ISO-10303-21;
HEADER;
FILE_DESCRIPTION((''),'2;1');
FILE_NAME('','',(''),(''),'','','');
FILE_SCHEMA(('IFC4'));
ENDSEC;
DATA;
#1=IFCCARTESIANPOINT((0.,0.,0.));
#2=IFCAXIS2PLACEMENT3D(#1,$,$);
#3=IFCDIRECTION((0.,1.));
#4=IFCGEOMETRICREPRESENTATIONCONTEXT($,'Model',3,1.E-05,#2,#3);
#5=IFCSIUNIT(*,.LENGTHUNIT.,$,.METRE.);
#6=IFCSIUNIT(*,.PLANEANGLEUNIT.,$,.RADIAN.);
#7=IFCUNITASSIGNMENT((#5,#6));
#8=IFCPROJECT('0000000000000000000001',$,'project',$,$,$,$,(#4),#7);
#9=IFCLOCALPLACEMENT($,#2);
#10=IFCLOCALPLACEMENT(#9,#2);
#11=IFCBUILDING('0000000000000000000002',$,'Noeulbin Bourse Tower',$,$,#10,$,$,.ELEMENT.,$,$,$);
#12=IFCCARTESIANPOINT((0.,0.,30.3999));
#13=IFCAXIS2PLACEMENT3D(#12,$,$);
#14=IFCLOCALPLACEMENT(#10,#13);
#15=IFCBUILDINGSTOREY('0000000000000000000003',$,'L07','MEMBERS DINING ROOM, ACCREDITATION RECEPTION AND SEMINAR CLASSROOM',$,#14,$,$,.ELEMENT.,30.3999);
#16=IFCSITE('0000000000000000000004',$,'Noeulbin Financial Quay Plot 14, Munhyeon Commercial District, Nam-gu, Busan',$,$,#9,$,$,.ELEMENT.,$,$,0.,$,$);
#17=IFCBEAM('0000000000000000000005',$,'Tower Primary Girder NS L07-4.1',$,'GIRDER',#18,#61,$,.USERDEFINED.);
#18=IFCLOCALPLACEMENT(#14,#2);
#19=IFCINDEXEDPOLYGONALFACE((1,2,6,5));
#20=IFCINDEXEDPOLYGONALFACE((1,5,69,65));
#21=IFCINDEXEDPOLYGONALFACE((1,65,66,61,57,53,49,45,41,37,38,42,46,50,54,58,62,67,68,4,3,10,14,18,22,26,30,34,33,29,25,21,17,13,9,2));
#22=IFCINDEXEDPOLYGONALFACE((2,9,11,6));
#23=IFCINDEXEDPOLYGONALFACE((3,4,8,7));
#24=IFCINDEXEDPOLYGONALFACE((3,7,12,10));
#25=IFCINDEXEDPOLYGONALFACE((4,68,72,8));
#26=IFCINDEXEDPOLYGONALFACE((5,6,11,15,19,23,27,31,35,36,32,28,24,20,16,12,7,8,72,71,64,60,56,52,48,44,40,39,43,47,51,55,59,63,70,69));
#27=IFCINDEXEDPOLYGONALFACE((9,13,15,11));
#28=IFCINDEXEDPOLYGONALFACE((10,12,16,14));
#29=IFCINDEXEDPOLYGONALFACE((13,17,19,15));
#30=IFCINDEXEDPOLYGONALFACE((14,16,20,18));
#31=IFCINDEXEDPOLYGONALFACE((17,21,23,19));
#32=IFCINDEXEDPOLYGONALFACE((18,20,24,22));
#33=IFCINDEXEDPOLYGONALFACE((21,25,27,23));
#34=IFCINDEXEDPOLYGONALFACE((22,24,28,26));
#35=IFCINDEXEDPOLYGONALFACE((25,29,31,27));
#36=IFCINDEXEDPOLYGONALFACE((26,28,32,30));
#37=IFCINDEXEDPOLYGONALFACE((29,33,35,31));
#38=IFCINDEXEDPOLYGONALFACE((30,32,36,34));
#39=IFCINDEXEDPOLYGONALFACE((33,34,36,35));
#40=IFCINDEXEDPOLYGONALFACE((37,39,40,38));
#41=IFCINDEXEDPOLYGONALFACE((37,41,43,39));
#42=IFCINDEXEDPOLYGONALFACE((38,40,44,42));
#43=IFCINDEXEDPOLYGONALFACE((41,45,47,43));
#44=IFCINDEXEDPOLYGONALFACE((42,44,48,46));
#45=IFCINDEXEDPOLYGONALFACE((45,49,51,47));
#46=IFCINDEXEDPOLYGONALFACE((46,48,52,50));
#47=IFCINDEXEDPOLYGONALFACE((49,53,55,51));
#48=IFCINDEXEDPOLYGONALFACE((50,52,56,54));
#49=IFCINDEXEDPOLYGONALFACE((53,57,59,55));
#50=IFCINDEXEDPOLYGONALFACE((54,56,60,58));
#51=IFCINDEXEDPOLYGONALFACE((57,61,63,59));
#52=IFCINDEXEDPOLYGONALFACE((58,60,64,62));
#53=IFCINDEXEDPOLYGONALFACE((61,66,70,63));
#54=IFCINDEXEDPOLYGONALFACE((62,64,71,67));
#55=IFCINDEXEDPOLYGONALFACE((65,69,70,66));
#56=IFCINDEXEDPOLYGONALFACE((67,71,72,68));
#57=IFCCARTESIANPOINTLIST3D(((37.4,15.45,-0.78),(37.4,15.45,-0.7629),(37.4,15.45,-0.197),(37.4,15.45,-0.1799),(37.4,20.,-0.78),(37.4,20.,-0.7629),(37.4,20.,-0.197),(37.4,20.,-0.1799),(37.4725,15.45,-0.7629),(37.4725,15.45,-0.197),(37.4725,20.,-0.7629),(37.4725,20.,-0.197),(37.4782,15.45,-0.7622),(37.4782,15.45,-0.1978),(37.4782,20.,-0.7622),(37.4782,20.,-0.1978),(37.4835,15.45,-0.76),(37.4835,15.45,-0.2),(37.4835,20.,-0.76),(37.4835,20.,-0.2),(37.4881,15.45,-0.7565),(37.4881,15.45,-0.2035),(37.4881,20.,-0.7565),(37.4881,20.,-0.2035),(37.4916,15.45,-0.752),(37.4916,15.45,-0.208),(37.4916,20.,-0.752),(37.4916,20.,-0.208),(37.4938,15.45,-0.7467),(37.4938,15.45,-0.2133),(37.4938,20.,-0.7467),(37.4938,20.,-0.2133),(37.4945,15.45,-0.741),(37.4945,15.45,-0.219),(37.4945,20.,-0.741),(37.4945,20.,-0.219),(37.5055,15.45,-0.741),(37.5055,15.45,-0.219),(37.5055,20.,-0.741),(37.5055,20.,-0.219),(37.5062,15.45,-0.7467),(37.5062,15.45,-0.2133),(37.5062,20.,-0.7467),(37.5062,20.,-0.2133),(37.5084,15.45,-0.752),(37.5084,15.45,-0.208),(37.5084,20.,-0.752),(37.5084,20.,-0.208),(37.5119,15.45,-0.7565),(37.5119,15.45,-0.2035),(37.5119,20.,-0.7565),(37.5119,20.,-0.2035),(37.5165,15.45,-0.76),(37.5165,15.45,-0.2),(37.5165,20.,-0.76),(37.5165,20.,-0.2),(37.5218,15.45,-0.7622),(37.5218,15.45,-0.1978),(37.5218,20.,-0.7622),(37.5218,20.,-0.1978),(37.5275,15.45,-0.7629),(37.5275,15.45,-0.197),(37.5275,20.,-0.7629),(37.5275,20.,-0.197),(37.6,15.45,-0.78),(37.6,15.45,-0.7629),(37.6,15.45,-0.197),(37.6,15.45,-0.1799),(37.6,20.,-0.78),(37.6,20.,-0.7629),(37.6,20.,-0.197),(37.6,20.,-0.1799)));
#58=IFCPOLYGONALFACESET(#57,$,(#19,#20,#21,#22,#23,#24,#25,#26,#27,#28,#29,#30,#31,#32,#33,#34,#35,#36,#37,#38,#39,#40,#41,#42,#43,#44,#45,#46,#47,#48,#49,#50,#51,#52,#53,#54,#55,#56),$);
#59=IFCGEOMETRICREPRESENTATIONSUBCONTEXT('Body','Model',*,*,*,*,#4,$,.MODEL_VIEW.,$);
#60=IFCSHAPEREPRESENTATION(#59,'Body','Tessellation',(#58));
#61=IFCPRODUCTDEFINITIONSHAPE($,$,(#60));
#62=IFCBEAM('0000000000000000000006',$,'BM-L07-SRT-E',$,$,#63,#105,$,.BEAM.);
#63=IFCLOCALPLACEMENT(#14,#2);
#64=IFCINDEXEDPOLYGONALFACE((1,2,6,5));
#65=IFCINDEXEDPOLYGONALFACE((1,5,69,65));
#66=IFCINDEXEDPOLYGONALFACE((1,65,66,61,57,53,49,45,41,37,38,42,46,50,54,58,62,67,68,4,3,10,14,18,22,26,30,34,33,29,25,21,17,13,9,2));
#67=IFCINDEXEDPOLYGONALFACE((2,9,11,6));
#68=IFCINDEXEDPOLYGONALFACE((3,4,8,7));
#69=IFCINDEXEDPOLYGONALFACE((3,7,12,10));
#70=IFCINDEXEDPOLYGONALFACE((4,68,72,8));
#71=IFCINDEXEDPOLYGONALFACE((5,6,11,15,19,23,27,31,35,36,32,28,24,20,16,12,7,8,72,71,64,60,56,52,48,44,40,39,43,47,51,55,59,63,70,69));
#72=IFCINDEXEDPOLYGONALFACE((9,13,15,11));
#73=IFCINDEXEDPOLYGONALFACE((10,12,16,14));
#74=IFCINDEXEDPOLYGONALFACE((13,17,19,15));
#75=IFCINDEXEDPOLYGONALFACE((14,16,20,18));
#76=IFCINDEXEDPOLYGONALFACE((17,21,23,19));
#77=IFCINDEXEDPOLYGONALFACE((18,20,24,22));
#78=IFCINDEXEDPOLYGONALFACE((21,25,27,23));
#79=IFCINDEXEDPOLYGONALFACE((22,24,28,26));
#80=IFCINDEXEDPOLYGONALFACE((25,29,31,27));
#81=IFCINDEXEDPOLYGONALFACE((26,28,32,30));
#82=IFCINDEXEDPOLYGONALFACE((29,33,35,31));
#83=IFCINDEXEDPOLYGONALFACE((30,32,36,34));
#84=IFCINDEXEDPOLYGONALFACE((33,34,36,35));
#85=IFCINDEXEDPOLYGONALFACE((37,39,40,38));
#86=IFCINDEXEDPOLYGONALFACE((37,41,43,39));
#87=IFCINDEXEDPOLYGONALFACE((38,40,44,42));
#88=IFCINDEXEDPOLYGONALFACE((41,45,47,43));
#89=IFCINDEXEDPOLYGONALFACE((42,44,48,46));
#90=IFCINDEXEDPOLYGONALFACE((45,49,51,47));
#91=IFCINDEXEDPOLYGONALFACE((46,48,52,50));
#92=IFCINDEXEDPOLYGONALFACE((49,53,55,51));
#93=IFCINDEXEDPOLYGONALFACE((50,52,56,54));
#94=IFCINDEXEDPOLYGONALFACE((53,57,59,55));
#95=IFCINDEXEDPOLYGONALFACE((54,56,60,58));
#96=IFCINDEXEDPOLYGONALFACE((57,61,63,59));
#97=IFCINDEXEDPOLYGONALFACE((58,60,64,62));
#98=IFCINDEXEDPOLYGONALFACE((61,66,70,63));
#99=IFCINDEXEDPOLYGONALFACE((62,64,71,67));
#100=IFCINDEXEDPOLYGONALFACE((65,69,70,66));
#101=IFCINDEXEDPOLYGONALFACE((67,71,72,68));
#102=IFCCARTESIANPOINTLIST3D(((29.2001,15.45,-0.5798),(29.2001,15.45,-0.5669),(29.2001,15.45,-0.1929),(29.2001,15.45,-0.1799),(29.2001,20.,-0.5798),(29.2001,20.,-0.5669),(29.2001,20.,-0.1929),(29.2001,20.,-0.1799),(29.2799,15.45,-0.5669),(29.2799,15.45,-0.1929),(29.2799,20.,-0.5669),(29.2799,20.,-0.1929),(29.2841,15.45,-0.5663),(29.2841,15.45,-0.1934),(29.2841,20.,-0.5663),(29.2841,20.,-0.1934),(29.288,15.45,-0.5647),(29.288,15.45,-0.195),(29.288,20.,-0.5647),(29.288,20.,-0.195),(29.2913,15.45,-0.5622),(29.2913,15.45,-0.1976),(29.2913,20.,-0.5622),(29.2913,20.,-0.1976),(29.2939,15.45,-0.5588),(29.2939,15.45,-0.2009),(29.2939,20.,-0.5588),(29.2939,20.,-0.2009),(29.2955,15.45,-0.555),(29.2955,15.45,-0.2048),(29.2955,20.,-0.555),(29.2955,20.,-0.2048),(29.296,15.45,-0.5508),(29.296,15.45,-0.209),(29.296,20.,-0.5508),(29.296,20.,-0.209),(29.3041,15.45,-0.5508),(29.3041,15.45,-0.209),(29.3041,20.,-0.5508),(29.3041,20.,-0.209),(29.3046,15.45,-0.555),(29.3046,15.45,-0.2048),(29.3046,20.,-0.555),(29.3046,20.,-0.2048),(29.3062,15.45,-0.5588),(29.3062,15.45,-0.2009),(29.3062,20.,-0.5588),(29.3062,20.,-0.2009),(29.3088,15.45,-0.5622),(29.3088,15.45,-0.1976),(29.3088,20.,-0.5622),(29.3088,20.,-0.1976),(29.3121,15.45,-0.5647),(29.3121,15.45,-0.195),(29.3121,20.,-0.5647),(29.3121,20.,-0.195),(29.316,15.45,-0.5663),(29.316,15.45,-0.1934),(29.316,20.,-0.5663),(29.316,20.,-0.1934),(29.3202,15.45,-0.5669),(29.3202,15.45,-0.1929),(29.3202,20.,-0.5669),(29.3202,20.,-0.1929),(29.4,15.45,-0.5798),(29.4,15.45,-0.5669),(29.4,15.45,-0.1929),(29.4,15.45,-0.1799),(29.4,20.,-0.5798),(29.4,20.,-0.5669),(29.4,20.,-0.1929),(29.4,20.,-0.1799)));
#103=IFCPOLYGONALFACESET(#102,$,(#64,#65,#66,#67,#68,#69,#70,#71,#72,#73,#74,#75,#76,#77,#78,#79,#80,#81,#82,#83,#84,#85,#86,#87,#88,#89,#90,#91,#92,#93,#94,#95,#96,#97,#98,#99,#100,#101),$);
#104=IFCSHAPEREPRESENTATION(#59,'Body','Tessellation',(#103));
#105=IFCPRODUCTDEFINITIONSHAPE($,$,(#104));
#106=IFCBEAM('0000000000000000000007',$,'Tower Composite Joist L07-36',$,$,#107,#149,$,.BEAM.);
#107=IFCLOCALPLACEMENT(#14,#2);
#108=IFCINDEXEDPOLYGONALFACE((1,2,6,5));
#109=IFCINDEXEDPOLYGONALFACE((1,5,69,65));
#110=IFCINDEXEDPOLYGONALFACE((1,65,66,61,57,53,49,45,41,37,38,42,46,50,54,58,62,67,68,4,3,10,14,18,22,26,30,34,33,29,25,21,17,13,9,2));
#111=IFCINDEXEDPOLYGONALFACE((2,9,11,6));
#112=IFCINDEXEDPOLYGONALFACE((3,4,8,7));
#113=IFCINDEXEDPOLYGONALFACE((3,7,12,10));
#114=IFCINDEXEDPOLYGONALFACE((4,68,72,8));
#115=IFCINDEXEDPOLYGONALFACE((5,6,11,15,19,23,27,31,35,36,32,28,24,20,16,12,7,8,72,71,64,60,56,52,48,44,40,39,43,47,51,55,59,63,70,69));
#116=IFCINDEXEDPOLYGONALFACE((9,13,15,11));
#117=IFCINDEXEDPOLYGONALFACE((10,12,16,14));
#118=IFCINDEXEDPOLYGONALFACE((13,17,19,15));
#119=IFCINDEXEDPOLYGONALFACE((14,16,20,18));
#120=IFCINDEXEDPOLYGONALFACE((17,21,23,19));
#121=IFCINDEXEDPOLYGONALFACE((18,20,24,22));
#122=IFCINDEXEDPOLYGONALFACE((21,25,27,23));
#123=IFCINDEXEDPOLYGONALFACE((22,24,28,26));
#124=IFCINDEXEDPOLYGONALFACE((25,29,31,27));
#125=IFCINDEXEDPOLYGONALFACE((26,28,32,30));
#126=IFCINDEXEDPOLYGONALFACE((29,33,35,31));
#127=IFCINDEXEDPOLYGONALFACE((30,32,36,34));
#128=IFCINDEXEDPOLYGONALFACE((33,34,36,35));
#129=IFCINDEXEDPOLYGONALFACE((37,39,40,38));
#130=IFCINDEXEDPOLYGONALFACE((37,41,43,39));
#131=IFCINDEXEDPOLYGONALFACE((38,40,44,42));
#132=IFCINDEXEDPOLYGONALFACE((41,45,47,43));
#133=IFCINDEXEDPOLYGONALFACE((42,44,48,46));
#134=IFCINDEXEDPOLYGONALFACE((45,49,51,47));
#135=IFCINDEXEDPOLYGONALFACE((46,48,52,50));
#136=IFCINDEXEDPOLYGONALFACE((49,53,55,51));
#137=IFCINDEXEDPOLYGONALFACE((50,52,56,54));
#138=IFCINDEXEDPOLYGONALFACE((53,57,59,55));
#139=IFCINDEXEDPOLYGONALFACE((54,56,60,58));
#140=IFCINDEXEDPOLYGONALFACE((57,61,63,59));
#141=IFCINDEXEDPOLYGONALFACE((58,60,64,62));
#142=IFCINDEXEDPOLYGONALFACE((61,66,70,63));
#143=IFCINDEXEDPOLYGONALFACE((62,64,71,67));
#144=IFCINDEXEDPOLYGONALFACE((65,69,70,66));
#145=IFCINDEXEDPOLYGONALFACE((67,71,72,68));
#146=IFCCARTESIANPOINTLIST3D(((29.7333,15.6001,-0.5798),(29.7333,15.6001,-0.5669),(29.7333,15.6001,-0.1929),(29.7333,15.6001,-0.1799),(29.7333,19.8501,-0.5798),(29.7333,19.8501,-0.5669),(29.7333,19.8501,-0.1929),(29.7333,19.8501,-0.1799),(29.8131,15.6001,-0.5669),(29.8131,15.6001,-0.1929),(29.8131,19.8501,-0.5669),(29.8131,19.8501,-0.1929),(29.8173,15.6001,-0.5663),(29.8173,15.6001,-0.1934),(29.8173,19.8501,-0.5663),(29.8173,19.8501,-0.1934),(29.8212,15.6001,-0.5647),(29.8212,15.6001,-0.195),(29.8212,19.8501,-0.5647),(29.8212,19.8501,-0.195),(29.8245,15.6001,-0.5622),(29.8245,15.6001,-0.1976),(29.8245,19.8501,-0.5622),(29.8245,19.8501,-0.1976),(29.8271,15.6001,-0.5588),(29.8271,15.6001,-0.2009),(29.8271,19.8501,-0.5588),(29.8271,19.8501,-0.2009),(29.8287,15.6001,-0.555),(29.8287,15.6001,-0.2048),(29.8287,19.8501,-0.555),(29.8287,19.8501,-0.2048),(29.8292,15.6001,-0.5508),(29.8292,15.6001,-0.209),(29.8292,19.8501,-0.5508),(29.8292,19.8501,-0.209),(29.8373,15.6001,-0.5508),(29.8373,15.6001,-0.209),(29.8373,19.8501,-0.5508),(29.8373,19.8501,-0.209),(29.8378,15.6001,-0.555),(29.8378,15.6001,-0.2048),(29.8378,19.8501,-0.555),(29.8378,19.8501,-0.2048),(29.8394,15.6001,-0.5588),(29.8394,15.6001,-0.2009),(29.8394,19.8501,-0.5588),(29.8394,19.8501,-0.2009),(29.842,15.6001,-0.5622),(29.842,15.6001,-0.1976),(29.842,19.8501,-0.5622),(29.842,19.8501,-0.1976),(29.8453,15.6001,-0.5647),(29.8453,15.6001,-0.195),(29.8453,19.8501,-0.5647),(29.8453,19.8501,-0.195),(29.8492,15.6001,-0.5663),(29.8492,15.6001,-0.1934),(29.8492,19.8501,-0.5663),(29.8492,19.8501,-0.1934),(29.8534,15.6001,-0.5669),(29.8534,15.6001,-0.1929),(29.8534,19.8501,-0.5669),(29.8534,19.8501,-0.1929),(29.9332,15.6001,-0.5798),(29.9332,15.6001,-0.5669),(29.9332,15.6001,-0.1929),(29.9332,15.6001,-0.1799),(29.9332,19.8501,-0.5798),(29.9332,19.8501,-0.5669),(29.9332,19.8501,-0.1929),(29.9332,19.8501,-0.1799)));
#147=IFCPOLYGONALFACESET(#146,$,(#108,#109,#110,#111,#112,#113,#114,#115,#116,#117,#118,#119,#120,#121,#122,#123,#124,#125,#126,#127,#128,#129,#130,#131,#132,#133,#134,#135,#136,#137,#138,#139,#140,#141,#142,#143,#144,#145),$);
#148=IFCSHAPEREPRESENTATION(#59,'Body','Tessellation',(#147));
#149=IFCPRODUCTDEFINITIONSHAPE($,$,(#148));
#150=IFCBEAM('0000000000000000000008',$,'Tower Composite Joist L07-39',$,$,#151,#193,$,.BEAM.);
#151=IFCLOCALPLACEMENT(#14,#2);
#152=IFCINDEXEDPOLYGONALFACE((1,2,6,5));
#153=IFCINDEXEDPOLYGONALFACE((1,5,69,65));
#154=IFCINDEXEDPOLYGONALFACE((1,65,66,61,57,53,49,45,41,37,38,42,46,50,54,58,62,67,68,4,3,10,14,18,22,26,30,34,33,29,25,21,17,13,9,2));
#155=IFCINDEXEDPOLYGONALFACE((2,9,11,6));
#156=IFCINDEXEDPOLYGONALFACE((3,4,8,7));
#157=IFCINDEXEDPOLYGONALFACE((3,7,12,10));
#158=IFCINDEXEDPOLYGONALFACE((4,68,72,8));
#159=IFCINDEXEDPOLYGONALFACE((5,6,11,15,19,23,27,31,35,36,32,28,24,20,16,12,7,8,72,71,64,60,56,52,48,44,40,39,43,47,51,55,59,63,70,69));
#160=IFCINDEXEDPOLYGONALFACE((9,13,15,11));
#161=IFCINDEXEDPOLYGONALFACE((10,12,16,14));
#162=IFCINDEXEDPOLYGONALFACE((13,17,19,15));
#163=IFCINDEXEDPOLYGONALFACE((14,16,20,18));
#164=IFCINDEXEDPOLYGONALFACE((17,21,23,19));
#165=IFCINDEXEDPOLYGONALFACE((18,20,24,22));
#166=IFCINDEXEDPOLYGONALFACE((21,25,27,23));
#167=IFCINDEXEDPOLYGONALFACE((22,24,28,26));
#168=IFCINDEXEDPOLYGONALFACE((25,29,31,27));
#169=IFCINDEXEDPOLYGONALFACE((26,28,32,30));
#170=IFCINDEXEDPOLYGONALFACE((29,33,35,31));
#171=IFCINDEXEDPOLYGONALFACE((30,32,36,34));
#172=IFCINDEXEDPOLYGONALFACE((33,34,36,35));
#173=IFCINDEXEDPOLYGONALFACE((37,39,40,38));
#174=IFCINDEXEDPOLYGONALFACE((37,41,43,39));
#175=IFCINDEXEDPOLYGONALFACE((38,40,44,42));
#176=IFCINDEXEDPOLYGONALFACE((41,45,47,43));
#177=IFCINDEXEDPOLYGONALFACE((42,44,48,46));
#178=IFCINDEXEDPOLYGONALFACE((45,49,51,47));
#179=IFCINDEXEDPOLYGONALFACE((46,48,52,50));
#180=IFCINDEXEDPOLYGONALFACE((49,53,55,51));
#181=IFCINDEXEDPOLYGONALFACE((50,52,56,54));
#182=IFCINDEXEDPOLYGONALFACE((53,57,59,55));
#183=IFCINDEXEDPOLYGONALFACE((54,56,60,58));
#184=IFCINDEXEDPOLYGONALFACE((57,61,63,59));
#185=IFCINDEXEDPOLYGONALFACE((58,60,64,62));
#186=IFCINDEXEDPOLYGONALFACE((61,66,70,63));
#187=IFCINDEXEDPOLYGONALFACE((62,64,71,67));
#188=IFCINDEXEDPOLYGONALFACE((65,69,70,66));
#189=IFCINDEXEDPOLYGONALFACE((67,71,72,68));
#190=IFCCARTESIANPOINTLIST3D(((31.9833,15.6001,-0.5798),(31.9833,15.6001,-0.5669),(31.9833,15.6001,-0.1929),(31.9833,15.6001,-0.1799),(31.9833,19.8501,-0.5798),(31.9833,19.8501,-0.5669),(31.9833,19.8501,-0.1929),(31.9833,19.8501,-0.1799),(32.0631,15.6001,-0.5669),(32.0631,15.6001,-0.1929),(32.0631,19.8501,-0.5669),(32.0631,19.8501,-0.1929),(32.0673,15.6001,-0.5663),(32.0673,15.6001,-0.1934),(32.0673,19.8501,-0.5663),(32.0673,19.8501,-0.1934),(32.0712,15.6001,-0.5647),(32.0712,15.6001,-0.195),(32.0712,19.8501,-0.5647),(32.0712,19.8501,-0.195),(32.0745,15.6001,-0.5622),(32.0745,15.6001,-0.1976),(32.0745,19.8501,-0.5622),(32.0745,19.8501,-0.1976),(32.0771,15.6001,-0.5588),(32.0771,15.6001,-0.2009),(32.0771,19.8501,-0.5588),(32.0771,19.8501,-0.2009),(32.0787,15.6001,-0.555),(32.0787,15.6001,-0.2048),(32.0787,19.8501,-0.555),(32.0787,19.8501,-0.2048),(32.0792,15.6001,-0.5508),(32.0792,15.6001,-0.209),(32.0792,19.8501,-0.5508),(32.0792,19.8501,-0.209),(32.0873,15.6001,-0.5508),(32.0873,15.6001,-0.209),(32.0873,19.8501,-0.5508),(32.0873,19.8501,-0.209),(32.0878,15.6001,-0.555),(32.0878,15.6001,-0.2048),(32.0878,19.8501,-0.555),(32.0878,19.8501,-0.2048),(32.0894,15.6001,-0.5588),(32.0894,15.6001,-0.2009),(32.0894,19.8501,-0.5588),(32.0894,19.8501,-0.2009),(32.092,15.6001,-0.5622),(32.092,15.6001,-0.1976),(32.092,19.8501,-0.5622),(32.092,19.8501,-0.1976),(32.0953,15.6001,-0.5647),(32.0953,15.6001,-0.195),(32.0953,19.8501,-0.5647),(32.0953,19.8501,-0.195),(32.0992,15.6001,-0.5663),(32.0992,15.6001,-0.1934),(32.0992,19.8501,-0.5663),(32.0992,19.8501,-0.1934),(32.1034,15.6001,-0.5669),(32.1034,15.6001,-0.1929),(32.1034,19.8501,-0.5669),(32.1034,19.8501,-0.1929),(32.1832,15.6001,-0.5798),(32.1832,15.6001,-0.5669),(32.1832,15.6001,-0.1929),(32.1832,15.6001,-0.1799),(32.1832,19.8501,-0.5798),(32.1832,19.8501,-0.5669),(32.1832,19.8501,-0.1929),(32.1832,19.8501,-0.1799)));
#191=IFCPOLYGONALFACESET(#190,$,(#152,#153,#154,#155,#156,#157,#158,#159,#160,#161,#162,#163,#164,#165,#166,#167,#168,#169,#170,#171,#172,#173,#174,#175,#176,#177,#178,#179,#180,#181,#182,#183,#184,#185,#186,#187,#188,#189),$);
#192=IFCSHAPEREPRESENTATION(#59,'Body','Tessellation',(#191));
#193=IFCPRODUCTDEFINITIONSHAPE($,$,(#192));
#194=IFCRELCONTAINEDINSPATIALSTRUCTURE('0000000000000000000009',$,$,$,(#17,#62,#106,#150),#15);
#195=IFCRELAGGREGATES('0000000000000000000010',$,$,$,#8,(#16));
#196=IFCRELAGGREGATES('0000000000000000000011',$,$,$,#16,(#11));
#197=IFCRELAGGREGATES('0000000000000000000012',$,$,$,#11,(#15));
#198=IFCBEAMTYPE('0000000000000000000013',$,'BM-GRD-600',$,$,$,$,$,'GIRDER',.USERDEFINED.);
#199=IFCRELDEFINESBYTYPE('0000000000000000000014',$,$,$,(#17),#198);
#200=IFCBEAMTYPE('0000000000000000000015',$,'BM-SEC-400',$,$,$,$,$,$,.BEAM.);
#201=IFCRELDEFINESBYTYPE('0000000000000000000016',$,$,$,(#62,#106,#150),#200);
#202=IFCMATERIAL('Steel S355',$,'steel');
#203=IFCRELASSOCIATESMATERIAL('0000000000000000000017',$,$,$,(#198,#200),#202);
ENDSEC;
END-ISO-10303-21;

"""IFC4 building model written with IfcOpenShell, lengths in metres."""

from ifc_helpers import new_model, si_unit, direction, frame, origin, origin_2d, place, context, subcontext, project, spatial, i_section, extrude, material, material_profile, profile_set, type_object, element, save


model = new_model("IFC4")

# Units and contexts
model_context = context("Model", 3, precision=1e-05, world=origin(), true_north=direction((0.0, 1.0)))
body_context = subcontext(model_context, "Body", "Model", "MODEL_VIEW")
ifc_project = project(units=[si_unit("LENGTHUNIT", "METRE"), si_unit("PLANEANGLEUNIT", "RADIAN")], contexts=[model_context])

# Site, building, storey
site_placement = place(None, origin())
site = spatial("IfcSite", under=ifc_project, at=site_placement, Name="Noeulbin Financial Quay Plot 14, Munhyeon Commercial District, Nam-gu, Busan", CompositionType="ELEMENT", RefElevation=0.0)
building_placement = place(site_placement, origin())
building = spatial("IfcBuilding", under=site, at=building_placement, Name="Noeulbin Bourse Tower", CompositionType="ELEMENT")
storey_placement = place(building_placement, frame((0.0, 0.0, 30.3999)))
storey = spatial("IfcBuildingStorey", under=building, at=storey_placement, Name="L07", Description="MEMBERS DINING ROOM, ACCREDITATION RECEPTION AND SEMINAR CLASSROOM", CompositionType="ELEMENT", Elevation=30.3999)

# Beams
ifc_material_1 = material(Name="Steel S355", Category="steel")
ifc_material_profile_1 = material_profile(ifc_material_1, i_section(OverallWidth=0.2, OverallDepth=0.6001, WebThickness=0.011, FlangeThickness=0.0171, FilletRadius=0.022, at=origin_2d()), Name="H-600x200x11x17", Category="LoadBearing")
ifc_profile_set_1 = profile_set([ifc_material_profile_1], Name="Steel S355")
beam_type_1 = type_object("IfcBeamType", Name="BM-GRD-600", ElementType="GIRDER", PredefinedType="USERDEFINED", material=ifc_profile_set_1)
for number, where, z_axis, x_axis, name in (
    (1, (37.5, 15.45, -0.48), (0.0, 1.0, 0.0), (-1.0, 0.0, 0.0), "Tower Primary Girder NS L07-4.1"),
):
    element("IfcBeam", number, at=place(storey_placement, frame(where, z_axis=z_axis, x_axis=x_axis)), inside=storey, type_object=beam_type_1, Name=name, ObjectType="GIRDER", PredefinedType="USERDEFINED", context=body_context, shape_type="SweptSolid", body=[
        extrude(i_section(OverallWidth=0.2, OverallDepth=0.6001, WebThickness=0.011, FlangeThickness=0.0171, FilletRadius=0.022, at=origin_2d()), origin(), (0.0, 0.0, 1.0), 4.55),
    ])
ifc_material_profile_2 = material_profile(ifc_material_1, i_section(OverallWidth=0.2, OverallDepth=0.3999, WebThickness=0.0081, FlangeThickness=0.0129, FilletRadius=0.0161, at=origin_2d()), Name="H-400x200x8x13", Category="LoadBearing")
ifc_profile_set_2 = profile_set([ifc_material_profile_2], Name="Steel S355")
beam_type_2 = type_object("IfcBeamType", Name="BM-SEC-400", PredefinedType="BEAM", material=ifc_profile_set_2)
beam_1_placement = place(storey_placement, frame((29.3, 15.45, -0.3799), z_axis=(0.0, 1.0, 0.0), x_axis=(-1.0, 0.0, 0.0)))
element("IfcBeam", 2, at=beam_1_placement, inside=storey, type_object=beam_type_2, Name="BM-L07-SRT-E", PredefinedType="BEAM", context=body_context, shape_type="SweptSolid", body=[
    extrude(i_section(OverallWidth=0.2, OverallDepth=0.3999, WebThickness=0.0081, FlangeThickness=0.0129, FilletRadius=0.0161, at=origin_2d()), origin(), (0.0, 0.0, 1.0), 4.55),
])
for number, where, z_axis, x_axis, name in (
    (3, (29.8333, 15.6001, -0.3799), (0.0, 1.0, 0.0), (-1.0, 0.0, 0.0), "Tower Composite Joist L07-36"),
    (4, (32.0833, 15.6001, -0.3799), (0.0, 1.0, 0.0), (-1.0, 0.0, 0.0), "Tower Composite Joist L07-39"),
):
    element("IfcBeam", number, at=place(storey_placement, frame(where, z_axis=z_axis, x_axis=x_axis)), inside=storey, type_object=beam_type_2, Name=name, PredefinedType="BEAM", context=body_context, shape_type="SweptSolid", body=[
        extrude(i_section(OverallWidth=0.2, OverallDepth=0.3999, WebThickness=0.0081, FlangeThickness=0.0129, FilletRadius=0.0161, at=origin_2d()), origin(), (0.0, 0.0, 1.0), 4.25),
    ])

save(model, "model.ifc")
